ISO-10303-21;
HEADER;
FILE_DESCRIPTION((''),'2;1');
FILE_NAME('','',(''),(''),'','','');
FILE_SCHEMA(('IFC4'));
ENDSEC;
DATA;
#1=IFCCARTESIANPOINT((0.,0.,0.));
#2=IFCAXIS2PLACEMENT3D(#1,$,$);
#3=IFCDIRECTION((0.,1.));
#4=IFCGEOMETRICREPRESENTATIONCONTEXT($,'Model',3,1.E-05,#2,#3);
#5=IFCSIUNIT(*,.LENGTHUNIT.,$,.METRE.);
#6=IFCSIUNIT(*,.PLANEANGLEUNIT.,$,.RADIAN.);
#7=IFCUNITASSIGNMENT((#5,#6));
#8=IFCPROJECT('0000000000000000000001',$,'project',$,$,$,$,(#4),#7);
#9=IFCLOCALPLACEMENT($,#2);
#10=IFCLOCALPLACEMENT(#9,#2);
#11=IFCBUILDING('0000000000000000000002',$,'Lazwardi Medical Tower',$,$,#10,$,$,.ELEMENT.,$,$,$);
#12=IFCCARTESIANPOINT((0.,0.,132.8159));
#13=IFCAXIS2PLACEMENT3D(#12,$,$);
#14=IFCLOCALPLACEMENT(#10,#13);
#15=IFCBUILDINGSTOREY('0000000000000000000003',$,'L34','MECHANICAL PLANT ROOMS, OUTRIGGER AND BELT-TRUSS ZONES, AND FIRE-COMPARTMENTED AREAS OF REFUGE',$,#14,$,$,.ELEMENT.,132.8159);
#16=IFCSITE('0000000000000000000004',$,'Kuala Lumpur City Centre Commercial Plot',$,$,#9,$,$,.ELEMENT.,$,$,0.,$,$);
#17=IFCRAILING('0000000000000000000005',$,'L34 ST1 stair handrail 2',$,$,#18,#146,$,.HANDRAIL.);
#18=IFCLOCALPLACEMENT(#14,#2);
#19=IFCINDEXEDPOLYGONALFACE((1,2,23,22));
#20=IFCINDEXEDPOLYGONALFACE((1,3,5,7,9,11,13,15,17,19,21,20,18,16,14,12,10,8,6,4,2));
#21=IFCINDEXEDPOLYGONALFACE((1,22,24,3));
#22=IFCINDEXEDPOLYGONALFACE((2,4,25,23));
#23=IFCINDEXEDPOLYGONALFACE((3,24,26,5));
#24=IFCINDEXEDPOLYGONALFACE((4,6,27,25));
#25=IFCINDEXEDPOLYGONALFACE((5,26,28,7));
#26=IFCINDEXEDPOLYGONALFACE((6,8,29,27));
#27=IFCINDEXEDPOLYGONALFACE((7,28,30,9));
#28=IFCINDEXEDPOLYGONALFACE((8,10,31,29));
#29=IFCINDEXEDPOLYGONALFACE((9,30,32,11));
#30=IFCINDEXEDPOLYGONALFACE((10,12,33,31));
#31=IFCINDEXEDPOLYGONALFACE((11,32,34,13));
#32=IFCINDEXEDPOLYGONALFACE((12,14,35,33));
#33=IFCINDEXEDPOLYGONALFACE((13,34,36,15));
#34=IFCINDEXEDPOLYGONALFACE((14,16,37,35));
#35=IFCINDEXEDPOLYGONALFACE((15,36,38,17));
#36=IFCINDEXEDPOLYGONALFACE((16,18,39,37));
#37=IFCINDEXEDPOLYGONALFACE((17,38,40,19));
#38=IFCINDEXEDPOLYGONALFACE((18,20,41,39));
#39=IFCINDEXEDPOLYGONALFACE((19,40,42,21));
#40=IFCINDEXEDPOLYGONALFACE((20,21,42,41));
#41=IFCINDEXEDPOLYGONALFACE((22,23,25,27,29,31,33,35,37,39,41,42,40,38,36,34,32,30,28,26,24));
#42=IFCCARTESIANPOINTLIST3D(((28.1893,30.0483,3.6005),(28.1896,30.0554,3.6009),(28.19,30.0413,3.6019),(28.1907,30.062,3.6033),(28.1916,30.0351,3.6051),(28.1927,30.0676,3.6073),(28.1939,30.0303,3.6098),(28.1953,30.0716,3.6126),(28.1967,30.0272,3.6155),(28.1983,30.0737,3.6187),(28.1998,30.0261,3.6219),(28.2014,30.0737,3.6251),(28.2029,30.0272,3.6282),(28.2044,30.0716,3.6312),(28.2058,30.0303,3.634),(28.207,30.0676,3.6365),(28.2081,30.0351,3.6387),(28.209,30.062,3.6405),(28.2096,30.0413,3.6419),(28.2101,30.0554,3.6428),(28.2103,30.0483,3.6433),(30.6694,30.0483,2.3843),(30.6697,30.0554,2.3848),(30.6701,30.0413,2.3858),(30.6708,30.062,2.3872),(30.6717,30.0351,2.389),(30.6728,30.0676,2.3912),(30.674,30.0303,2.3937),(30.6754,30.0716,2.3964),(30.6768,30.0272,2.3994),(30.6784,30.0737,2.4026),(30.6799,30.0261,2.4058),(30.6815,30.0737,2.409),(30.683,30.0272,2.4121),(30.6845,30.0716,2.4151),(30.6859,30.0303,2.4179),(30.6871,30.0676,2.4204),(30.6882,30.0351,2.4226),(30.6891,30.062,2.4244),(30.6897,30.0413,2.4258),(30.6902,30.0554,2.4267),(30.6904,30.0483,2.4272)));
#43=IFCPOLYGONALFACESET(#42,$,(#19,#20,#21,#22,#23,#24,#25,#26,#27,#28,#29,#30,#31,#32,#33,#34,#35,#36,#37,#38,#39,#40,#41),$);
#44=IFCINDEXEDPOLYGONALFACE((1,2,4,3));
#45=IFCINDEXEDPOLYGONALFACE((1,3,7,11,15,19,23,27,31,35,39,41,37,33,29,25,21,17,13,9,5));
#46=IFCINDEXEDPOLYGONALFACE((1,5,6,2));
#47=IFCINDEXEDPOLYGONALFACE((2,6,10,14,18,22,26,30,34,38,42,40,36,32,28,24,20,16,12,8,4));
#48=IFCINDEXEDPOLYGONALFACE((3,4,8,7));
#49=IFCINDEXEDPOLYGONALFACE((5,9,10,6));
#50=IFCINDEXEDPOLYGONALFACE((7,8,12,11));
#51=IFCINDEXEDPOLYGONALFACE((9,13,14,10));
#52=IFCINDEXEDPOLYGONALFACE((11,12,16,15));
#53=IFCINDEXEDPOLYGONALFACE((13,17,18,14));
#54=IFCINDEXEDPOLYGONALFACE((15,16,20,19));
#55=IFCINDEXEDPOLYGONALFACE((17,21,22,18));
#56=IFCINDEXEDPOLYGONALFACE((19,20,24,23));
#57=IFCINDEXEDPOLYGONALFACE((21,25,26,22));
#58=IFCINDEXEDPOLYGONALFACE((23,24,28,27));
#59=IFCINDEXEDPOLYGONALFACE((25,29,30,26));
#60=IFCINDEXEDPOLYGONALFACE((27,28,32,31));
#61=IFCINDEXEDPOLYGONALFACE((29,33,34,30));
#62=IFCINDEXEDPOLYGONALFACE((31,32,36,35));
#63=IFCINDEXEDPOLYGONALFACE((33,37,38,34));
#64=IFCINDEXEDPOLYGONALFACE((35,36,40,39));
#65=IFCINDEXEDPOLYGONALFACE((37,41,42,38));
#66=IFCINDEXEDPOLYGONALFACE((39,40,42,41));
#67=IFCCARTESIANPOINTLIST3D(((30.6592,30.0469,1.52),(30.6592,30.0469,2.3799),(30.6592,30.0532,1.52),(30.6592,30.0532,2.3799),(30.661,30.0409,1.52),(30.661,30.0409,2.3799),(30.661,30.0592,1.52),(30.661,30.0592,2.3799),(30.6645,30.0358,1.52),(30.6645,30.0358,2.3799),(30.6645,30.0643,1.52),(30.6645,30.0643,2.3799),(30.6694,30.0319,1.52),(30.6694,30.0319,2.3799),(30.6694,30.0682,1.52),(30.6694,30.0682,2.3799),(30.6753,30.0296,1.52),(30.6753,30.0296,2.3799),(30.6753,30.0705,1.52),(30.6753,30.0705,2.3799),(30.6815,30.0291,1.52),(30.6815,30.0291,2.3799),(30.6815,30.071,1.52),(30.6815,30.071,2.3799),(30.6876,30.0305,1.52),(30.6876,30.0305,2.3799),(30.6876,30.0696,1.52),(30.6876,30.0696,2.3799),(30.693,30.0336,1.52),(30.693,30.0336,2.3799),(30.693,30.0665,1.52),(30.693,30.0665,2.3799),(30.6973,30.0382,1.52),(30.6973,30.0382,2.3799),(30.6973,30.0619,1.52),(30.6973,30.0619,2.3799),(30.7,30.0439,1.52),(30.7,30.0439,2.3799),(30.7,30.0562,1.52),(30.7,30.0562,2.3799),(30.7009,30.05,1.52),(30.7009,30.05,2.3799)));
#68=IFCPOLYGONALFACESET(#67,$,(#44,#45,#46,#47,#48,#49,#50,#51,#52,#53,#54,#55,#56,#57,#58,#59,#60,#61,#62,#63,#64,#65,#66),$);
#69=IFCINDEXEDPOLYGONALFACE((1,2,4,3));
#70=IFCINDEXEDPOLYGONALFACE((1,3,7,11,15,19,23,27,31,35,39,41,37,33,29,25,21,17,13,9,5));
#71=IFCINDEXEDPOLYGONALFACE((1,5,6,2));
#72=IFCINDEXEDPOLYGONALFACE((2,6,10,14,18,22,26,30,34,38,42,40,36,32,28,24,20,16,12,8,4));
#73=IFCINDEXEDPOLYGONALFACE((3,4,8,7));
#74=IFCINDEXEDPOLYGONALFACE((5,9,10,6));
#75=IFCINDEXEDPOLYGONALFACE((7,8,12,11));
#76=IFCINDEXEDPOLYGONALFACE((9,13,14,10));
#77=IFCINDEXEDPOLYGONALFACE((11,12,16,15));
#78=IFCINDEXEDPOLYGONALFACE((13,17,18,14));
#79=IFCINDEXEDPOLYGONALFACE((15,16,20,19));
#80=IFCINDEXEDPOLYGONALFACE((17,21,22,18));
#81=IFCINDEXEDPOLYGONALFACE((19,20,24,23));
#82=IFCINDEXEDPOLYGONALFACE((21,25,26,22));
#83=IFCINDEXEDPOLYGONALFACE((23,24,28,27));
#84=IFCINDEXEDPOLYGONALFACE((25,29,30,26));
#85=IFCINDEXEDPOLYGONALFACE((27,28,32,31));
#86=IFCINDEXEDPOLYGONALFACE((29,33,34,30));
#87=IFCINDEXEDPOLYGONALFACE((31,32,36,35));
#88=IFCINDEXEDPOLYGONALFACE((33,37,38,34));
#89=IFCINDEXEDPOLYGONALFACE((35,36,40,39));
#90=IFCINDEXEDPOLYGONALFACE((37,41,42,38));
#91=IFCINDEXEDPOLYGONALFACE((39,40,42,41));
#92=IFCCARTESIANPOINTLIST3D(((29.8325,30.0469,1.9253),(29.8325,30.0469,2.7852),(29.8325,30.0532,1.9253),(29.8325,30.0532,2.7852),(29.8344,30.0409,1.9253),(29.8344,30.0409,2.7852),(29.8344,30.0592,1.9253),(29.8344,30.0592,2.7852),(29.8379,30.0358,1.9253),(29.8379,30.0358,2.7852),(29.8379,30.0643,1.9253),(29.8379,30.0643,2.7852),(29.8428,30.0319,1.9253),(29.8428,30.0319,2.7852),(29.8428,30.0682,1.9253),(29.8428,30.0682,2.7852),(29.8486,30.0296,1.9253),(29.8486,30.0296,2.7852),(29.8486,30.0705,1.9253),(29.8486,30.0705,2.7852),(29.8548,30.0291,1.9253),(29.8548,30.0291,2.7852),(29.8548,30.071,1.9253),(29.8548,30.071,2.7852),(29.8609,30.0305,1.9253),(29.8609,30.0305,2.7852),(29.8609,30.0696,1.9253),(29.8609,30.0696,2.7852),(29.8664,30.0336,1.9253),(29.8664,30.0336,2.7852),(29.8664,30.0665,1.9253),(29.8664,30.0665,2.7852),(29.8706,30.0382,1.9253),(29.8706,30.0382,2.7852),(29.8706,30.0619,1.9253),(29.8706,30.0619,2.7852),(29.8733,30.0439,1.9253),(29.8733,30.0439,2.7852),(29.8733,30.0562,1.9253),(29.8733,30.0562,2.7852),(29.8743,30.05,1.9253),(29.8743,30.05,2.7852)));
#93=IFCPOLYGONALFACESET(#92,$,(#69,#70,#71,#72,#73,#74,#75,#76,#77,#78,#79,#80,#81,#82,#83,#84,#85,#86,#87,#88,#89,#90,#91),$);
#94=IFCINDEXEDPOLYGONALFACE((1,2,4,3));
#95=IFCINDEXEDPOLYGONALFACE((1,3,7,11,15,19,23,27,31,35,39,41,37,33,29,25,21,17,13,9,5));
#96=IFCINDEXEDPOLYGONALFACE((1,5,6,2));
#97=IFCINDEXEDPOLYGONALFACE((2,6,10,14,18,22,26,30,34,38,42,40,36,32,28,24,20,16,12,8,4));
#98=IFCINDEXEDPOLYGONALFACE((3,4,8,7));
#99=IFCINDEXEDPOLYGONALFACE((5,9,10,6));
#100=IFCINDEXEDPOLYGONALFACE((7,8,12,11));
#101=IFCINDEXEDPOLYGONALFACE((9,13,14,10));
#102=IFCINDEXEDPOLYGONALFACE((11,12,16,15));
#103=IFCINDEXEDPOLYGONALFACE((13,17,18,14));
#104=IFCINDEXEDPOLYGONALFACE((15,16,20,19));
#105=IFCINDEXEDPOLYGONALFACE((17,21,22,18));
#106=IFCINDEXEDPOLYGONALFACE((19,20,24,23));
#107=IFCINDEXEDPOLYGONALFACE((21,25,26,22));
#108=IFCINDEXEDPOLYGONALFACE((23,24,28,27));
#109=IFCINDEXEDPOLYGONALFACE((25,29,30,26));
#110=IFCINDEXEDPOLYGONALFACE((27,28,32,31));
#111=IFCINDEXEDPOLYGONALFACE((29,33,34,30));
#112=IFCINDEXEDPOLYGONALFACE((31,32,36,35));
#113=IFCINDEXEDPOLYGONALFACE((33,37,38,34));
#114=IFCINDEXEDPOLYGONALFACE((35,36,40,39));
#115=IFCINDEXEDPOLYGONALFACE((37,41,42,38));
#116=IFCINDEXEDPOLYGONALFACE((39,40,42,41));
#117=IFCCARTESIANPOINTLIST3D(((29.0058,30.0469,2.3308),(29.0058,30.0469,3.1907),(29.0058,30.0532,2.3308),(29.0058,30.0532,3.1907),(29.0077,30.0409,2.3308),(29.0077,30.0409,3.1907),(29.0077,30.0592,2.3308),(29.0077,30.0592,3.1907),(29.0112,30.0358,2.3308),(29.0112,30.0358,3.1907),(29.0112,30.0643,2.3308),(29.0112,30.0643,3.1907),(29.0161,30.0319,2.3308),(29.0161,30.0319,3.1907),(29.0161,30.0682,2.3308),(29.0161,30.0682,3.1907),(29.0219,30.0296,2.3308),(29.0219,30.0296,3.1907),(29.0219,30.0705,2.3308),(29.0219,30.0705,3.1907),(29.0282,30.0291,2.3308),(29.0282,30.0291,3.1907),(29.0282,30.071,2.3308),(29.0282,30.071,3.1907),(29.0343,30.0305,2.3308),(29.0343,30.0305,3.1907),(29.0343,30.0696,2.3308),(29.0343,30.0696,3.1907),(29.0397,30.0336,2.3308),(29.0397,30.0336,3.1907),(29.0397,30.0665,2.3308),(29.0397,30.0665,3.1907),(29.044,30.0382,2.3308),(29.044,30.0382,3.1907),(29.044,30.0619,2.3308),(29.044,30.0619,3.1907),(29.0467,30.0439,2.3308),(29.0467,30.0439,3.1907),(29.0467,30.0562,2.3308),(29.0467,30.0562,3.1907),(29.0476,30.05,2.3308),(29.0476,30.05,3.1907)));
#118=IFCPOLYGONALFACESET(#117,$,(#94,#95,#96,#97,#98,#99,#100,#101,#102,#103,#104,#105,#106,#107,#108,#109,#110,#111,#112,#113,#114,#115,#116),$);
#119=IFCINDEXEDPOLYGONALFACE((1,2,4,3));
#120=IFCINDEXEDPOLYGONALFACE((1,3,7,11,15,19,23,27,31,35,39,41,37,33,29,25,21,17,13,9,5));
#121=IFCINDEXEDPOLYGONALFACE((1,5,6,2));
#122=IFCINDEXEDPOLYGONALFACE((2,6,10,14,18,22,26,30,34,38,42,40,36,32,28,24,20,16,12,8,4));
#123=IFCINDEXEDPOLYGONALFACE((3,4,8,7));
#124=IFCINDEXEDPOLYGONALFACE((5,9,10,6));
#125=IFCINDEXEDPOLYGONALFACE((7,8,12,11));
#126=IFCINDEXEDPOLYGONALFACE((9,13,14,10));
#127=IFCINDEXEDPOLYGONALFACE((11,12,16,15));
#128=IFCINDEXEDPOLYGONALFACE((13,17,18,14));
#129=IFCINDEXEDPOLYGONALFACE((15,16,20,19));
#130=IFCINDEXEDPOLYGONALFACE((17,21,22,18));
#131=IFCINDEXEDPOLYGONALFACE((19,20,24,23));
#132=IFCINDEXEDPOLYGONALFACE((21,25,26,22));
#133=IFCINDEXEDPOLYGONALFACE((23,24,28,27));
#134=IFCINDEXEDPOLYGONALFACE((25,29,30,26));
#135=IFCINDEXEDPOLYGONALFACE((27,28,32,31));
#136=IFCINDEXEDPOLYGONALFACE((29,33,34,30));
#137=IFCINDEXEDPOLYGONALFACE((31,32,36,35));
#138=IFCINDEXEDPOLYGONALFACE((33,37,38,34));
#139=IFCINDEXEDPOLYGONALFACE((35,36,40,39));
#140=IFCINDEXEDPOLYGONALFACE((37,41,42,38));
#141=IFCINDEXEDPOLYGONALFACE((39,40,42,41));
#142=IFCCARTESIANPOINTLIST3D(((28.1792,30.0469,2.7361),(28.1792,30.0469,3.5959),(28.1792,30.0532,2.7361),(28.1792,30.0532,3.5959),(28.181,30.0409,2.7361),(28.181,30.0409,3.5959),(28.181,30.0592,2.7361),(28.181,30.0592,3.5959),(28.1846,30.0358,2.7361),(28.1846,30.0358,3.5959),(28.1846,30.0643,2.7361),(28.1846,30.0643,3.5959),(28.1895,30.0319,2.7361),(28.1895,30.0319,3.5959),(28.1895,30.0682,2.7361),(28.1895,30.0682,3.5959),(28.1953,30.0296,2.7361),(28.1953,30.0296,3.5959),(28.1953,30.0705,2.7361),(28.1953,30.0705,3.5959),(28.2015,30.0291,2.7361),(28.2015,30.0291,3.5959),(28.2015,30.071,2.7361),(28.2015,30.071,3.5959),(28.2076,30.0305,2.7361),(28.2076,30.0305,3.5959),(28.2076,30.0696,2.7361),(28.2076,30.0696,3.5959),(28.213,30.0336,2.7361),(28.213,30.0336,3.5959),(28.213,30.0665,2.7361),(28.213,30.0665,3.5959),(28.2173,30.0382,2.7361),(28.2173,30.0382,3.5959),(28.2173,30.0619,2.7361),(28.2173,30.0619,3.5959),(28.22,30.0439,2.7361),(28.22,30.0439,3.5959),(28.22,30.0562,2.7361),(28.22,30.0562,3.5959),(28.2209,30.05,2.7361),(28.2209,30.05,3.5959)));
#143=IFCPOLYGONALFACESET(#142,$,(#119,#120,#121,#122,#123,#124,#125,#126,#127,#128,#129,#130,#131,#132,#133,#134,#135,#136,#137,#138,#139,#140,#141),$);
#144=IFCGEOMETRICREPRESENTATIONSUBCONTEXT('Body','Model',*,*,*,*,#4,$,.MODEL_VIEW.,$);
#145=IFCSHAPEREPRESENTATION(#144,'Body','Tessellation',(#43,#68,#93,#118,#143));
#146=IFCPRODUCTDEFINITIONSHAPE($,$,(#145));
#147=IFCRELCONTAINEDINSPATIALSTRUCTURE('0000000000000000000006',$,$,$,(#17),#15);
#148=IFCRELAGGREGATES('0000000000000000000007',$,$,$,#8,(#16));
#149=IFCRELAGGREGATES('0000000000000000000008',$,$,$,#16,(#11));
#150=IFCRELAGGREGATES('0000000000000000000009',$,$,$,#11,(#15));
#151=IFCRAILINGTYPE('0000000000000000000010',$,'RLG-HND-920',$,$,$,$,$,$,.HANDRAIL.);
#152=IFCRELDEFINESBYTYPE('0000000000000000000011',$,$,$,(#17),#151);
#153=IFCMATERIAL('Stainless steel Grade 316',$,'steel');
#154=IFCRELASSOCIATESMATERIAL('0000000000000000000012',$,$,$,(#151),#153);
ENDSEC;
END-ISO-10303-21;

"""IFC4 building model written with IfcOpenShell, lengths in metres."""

from ifc_helpers import new_model, si_unit, direction, frame, origin, origin_2d, place, context, subcontext, project, spatial, circle, extrude, material, type_object, element, save


model = new_model("IFC4")

# Units and contexts
model_context = context("Model", 3, precision=1e-05, world=origin(), true_north=direction((0.0, 1.0)))
body_context = subcontext(model_context, "Body", "Model", "MODEL_VIEW")
ifc_project = project(units=[si_unit("LENGTHUNIT", "METRE"), si_unit("PLANEANGLEUNIT", "RADIAN")], contexts=[model_context])

# Site, building, storey
site_placement = place(None, origin())
site = spatial("IfcSite", under=ifc_project, at=site_placement, Name="Kuala Lumpur City Centre Commercial Plot", CompositionType="ELEMENT", RefElevation=0.0)
building_placement = place(site_placement, origin())
building = spatial("IfcBuilding", under=site, at=building_placement, Name="Lazwardi Medical Tower", CompositionType="ELEMENT")
storey_placement = place(building_placement, frame((0.0, 0.0, 132.8159)))
storey = spatial("IfcBuildingStorey", under=building, at=storey_placement, Name="L34", Description="MECHANICAL PLANT ROOMS, OUTRIGGER AND BELT-TRUSS ZONES, AND FIRE-COMPARTMENTED AREAS OF REFUGE", CompositionType="ELEMENT", Elevation=132.8159)

# Railing
ifc_material_1 = material(Name="Stainless steel Grade 316", Category="steel")
railing_type_1 = type_object("IfcRailingType", Name="RLG-HND-920", PredefinedType="HANDRAIL", material=ifc_material_1)
for number, where, name in (
    (1, (30.6799, 30.05, 1.52), "L34 ST1 stair handrail 2"),
):
    element("IfcRailing", number, at=place(storey_placement, frame(where)), inside=storey, type_object=railing_type_1, Name=name, PredefinedType="HANDRAIL", context=body_context, shape_type="SweptSolid", body=[
        extrude(circle(Radius=0.0239, at=origin_2d()), frame((0.0, 0.0, 0.8857), z_axis=(-0.897865, 0.0, 0.44027), x_axis=(0.0, -1.0, 0.0)), (0.0, 0.0, 1.0), 2.7622),
        extrude(circle(Radius=0.021, at=origin_2d()), origin(), (0.0, 0.0, 1.0), 0.8599),
        extrude(circle(Radius=0.021, at=origin_2d()), frame((-0.8267, 0.0, 0.4053)), (0.0, 0.0, 1.0), 0.8599),
        extrude(circle(Radius=0.021, at=origin_2d()), frame((-1.6533, 0.0, 0.8108)), (0.0, 0.0, 1.0), 0.8599),
        extrude(circle(Radius=0.021, at=origin_2d()), frame((-2.48, 0.0, 1.2161)), (0.0, 0.0, 1.0), 0.8599),
    ])

save(model, "model.ifc")
